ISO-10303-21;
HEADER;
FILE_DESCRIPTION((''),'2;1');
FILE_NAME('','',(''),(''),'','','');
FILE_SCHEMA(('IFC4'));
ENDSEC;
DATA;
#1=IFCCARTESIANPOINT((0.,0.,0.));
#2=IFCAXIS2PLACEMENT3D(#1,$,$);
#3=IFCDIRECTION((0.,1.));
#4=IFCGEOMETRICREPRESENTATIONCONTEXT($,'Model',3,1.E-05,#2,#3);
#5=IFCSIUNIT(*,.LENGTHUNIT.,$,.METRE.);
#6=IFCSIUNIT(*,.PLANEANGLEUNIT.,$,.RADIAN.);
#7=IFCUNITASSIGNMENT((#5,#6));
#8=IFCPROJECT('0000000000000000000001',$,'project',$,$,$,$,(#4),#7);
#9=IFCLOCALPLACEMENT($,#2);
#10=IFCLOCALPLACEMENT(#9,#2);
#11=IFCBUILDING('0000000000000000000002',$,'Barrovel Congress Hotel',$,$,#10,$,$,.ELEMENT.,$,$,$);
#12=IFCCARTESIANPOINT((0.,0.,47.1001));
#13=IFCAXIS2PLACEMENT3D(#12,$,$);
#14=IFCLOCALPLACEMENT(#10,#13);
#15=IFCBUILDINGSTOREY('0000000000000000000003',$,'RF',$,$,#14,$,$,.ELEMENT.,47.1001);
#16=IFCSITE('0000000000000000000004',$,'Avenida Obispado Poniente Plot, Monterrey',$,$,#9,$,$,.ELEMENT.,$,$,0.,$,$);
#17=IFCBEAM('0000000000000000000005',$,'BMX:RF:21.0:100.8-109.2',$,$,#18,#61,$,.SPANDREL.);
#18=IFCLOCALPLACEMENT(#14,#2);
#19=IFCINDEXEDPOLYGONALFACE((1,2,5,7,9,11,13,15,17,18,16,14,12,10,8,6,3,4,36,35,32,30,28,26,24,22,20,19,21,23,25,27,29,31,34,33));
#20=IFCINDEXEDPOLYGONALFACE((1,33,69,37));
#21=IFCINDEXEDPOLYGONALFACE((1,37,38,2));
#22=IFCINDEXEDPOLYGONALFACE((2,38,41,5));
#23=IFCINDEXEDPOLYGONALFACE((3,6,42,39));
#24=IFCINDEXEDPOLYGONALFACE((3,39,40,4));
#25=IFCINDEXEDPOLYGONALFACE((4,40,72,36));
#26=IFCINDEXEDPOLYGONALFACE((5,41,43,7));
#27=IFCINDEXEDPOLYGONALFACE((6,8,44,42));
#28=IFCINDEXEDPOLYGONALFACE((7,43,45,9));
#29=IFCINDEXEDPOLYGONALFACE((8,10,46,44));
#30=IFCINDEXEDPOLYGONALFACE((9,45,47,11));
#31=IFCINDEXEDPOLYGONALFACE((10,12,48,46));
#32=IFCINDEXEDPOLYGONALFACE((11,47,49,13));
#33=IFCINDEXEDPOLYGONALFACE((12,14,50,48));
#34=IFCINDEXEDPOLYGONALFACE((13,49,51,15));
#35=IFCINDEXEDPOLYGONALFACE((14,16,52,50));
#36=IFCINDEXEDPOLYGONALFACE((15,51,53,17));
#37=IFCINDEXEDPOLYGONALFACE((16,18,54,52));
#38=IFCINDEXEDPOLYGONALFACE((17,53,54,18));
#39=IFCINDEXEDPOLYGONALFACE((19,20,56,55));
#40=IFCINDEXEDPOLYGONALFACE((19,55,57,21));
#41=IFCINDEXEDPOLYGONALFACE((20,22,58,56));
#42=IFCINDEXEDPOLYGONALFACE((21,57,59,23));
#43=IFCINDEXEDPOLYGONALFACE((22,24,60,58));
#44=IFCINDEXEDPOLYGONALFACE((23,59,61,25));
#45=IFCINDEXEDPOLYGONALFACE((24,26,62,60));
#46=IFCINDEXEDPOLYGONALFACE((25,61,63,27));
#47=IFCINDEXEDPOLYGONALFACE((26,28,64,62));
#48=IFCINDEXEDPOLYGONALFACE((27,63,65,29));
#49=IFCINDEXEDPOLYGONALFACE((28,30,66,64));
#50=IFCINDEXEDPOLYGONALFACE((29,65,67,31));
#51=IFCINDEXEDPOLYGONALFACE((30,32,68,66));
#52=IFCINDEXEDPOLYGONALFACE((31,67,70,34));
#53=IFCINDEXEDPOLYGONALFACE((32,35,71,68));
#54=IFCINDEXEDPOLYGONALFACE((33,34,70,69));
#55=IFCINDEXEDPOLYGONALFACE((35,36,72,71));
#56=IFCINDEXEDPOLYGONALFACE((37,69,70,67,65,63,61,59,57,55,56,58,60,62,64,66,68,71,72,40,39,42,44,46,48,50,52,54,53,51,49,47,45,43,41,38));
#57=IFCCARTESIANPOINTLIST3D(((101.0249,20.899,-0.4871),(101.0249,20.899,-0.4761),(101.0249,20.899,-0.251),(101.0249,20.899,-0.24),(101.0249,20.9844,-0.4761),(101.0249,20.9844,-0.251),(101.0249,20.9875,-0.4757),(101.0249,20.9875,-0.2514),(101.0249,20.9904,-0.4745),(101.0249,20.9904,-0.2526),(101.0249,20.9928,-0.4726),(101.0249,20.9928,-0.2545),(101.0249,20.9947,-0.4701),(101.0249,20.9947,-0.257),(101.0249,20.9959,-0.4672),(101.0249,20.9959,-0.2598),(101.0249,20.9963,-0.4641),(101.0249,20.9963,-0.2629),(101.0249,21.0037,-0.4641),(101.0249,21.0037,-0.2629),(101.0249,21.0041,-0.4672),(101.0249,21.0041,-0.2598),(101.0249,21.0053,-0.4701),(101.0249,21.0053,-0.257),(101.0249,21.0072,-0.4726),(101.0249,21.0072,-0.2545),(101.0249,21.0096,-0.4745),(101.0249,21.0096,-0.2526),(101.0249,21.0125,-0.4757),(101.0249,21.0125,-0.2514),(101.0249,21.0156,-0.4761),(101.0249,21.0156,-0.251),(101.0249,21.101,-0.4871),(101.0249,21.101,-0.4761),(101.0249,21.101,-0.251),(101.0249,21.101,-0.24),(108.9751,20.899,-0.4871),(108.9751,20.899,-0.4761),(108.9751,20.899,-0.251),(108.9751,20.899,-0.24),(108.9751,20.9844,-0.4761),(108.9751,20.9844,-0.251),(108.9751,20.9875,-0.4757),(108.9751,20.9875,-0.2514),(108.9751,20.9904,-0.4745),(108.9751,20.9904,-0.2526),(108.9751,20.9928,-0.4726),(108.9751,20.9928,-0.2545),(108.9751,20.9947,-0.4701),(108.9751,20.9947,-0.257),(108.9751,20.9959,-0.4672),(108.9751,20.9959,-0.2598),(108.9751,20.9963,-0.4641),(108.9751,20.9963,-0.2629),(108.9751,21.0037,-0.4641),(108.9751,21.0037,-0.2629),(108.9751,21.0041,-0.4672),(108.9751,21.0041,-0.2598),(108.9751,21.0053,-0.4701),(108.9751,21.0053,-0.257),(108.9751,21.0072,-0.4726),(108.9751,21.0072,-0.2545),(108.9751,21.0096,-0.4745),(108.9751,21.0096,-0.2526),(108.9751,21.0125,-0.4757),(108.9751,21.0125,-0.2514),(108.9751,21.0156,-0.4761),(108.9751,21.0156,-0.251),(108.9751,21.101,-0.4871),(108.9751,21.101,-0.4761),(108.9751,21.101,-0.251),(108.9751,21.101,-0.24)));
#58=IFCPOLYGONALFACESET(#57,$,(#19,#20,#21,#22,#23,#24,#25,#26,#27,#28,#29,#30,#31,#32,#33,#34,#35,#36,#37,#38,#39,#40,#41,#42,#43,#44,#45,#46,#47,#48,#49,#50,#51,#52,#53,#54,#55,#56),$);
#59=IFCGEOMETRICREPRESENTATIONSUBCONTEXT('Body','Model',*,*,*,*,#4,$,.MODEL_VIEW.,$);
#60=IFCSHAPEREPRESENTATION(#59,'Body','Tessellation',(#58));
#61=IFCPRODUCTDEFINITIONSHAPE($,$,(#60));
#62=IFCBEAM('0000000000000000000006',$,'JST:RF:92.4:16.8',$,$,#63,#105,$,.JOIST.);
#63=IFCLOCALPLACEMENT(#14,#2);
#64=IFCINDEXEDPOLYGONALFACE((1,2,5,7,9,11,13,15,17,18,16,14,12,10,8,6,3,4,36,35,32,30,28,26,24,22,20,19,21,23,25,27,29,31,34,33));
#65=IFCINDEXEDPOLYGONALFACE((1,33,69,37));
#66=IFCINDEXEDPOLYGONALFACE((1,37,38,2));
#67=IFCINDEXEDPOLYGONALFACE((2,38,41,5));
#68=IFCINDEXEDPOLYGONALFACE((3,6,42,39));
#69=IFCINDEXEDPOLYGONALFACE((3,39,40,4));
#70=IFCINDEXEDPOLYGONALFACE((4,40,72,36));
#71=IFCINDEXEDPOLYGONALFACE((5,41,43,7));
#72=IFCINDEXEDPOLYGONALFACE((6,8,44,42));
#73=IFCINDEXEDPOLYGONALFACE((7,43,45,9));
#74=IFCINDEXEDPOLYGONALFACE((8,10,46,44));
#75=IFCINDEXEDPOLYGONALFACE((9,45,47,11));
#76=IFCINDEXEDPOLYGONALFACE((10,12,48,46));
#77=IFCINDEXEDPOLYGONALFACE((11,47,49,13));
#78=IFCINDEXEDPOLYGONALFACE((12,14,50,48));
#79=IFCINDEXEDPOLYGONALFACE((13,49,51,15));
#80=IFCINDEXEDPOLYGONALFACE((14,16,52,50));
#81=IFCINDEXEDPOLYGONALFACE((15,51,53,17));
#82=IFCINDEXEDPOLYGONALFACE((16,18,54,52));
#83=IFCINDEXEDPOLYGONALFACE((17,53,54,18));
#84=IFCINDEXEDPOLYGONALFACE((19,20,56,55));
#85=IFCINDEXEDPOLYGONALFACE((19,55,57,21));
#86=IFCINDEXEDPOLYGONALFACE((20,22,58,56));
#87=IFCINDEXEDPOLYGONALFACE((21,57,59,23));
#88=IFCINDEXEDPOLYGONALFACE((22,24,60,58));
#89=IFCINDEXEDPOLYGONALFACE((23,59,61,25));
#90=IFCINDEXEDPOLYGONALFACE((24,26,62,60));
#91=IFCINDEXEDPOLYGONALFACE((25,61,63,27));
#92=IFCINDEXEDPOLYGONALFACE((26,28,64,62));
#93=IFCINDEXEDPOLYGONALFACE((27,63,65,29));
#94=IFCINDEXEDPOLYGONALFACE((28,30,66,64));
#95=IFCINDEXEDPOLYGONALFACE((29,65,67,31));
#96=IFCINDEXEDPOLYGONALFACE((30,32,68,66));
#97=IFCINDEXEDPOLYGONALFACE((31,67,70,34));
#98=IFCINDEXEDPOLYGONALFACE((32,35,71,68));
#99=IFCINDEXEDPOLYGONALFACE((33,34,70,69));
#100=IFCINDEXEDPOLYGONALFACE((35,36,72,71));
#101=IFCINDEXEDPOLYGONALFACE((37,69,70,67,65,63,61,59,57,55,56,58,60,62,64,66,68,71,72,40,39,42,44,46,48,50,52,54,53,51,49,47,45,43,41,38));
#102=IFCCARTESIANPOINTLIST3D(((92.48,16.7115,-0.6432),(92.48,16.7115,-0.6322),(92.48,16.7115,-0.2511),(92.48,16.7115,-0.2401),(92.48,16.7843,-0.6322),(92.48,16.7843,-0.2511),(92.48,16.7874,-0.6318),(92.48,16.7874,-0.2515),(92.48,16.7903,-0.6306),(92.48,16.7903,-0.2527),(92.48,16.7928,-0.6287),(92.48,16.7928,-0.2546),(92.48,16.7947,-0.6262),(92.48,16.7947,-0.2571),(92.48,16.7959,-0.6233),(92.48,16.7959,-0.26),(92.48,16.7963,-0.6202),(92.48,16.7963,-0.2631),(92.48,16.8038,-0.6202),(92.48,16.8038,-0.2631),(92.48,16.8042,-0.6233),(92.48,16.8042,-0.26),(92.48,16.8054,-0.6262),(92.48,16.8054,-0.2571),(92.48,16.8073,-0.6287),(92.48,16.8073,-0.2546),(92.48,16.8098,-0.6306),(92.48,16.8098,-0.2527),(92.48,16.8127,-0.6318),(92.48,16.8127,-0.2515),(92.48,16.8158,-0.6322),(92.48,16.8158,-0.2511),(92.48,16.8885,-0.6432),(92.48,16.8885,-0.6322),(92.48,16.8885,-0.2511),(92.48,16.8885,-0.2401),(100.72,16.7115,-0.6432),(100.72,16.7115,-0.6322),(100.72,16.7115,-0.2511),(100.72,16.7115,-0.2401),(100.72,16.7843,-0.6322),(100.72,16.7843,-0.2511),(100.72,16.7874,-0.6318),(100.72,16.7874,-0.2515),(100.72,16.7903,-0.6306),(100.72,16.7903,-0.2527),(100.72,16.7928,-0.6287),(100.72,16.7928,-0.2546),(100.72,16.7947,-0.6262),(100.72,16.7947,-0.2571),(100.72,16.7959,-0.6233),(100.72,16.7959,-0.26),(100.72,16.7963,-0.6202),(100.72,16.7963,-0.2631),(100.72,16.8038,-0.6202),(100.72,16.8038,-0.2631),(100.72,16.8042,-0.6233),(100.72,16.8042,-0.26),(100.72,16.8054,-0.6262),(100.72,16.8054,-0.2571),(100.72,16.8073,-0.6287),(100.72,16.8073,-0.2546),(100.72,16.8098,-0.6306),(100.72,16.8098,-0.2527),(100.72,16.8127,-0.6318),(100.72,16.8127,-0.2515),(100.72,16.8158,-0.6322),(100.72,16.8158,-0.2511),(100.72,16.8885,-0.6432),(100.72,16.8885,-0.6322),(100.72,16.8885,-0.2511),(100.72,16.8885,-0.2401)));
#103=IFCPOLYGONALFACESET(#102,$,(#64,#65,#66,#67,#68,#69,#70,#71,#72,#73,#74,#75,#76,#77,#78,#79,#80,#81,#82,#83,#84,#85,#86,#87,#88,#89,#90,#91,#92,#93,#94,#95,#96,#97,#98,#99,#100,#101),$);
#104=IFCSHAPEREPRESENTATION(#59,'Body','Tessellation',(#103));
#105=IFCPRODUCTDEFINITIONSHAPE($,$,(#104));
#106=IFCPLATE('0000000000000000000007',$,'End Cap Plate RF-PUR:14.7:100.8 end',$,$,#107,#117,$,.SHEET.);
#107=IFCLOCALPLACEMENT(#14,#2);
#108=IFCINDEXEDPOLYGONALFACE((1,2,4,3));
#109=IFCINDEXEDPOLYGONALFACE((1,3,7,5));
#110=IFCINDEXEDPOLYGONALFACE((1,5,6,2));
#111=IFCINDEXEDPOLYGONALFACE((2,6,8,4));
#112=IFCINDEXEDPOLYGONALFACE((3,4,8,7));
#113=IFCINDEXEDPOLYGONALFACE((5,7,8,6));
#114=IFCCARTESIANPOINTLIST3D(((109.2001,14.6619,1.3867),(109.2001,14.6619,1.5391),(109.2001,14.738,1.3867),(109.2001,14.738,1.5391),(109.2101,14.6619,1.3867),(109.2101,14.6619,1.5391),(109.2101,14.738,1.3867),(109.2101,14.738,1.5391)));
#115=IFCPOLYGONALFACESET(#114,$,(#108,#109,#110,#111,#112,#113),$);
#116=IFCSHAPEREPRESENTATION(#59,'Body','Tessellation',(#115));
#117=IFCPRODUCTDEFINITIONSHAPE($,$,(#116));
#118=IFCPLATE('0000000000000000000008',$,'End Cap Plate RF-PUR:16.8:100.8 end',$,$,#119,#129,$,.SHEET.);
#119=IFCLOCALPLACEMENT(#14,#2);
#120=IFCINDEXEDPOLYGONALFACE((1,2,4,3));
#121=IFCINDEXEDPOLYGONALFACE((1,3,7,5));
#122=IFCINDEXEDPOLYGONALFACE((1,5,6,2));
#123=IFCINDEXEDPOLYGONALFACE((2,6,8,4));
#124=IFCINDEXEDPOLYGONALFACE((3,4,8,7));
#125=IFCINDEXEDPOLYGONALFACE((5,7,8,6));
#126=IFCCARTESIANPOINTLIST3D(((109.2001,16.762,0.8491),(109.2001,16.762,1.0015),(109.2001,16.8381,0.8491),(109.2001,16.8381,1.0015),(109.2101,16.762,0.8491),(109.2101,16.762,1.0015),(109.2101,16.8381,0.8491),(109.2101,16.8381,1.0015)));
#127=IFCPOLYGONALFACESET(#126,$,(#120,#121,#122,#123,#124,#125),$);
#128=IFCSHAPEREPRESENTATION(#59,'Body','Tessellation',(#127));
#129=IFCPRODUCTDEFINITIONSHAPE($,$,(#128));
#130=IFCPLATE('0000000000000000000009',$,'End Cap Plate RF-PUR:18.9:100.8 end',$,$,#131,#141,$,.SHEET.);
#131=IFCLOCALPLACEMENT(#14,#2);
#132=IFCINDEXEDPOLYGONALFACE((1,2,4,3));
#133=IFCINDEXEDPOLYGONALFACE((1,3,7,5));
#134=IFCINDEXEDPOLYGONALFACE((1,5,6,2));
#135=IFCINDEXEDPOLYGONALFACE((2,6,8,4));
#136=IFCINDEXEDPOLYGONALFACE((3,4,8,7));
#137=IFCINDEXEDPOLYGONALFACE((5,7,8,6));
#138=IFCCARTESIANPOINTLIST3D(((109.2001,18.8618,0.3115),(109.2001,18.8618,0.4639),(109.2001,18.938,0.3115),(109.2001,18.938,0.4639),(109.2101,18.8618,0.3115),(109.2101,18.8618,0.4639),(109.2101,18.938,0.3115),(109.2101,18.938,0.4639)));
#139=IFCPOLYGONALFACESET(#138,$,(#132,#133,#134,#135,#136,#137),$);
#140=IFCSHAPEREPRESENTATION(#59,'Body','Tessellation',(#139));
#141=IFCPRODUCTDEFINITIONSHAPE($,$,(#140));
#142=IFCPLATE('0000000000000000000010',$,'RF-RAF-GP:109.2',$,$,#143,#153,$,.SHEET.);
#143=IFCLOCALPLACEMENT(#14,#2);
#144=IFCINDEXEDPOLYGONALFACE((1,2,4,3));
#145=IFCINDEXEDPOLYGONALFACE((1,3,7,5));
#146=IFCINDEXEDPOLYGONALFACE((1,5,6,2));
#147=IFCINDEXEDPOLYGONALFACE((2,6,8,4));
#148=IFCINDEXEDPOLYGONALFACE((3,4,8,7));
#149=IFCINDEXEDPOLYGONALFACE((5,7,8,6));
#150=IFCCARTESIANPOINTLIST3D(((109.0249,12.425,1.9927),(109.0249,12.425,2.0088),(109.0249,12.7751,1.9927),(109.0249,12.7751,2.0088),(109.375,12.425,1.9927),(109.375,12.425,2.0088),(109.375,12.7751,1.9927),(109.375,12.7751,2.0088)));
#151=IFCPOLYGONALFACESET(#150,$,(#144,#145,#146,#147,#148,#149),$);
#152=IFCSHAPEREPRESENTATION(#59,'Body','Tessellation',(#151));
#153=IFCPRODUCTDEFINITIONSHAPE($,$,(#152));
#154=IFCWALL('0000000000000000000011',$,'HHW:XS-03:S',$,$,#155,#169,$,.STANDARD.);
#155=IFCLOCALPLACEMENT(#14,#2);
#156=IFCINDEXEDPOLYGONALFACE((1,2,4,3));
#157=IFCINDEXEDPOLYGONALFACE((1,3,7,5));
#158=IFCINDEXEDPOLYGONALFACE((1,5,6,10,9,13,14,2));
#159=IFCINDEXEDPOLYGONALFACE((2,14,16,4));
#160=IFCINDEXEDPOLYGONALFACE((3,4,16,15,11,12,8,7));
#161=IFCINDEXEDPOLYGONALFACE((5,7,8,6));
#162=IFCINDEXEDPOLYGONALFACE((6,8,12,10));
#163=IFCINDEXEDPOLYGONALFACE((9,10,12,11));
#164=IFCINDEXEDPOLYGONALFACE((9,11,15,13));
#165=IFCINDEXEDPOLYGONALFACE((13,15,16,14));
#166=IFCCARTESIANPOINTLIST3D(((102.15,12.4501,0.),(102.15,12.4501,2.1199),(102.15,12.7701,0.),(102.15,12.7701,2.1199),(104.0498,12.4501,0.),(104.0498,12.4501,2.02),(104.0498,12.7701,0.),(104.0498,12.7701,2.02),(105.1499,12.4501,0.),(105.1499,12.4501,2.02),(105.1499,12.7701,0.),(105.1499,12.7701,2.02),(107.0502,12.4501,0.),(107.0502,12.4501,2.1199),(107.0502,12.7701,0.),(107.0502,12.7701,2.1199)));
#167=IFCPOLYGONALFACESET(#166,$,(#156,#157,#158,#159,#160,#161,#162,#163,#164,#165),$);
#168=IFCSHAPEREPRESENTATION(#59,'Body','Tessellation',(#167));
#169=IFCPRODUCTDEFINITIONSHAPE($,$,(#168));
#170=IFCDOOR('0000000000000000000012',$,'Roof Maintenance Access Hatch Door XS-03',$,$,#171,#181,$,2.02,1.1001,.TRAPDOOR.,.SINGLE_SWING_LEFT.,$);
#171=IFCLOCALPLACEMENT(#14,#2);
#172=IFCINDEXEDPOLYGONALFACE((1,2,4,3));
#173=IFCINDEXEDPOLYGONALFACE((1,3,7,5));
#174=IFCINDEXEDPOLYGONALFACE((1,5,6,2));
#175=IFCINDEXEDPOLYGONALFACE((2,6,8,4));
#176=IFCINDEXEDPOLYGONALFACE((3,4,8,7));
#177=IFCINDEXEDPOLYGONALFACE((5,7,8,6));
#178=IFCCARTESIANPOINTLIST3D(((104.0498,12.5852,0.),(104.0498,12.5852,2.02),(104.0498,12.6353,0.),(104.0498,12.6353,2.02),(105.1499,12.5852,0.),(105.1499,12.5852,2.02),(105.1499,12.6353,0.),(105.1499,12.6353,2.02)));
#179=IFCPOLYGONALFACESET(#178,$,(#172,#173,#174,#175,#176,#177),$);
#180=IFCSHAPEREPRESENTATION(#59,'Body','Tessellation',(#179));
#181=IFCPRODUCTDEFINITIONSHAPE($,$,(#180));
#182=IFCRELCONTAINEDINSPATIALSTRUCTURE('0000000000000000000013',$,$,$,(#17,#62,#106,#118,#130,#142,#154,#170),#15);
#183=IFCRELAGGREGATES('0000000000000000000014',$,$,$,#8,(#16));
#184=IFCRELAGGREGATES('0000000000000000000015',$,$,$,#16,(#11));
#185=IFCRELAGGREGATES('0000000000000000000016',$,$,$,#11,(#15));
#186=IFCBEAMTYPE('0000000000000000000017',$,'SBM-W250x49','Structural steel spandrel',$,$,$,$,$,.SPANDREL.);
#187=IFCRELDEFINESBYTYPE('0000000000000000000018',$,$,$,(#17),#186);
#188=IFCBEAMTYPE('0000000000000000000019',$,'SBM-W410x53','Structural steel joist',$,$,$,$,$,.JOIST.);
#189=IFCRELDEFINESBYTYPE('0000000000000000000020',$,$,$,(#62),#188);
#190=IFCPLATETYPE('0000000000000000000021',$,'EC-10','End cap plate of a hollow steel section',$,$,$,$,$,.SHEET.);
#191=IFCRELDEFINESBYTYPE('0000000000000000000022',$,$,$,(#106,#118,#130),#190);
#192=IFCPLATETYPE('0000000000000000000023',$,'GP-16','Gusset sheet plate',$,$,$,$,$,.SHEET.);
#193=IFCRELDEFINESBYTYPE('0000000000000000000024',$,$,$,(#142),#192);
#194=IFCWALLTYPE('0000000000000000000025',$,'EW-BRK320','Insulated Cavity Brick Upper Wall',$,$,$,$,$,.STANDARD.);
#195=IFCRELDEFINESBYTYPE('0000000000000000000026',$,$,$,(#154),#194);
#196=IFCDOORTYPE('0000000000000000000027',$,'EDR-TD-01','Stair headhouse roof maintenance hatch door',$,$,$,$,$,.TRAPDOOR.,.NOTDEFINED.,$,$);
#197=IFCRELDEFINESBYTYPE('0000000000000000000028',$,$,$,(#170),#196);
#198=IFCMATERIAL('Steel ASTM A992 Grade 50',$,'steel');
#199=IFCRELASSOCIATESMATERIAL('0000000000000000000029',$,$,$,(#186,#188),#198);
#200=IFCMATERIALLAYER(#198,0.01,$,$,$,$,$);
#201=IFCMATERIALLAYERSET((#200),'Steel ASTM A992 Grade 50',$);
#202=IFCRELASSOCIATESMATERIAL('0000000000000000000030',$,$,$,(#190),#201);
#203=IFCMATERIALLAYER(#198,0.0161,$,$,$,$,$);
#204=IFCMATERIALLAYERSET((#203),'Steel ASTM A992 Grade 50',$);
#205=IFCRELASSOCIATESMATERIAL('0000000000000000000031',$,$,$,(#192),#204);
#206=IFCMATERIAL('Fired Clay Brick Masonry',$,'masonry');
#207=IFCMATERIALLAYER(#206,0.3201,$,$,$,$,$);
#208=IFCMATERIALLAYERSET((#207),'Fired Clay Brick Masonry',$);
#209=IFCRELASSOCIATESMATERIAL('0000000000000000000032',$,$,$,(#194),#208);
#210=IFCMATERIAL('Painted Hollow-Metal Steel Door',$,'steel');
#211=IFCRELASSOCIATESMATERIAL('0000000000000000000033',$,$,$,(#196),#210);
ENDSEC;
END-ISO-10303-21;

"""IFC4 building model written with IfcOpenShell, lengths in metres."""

from ifc_helpers import new_model, si_unit, direction, frame, frame_2d, origin, origin_2d, place, context, subcontext, project, spatial, rectangle, i_section, extrude, material, layer, layer_set, material_profile, profile_set, type_object, element, fill, save


model = new_model("IFC4")

# Units and contexts
model_context = context("Model", 3, precision=1e-05, world=origin(), true_north=direction((0.0, 1.0)))
body_context = subcontext(model_context, "Body", "Model", "MODEL_VIEW")
ifc_project = project(units=[si_unit("LENGTHUNIT", "METRE"), si_unit("PLANEANGLEUNIT", "RADIAN")], contexts=[model_context])

# Site, building, storey
site_placement = place(None, origin())
site = spatial("IfcSite", under=ifc_project, at=site_placement, Name="Avenida Obispado Poniente Plot, Monterrey", CompositionType="ELEMENT", RefElevation=0.0)
building_placement = place(site_placement, origin())
building = spatial("IfcBuilding", under=site, at=building_placement, Name="Barrovel Congress Hotel", CompositionType="ELEMENT")
storey_placement = place(building_placement, frame((0.0, 0.0, 47.1001)))
storey = spatial("IfcBuildingStorey", under=building, at=storey_placement, Name="RF", CompositionType="ELEMENT", Elevation=47.1001)

# Shared definitions
ifc_material_1 = material(Name="Steel ASTM A992 Grade 50", Category="steel")

# Beams
ifc_material_profile_1 = material_profile(ifc_material_1, i_section(OverallWidth=0.2019, OverallDepth=0.2471, WebThickness=0.0073, FlangeThickness=0.011, FilletRadius=0.012, at=origin_2d()), Name="W250x49")
ifc_profile_set_1 = profile_set([ifc_material_profile_1], Name="Steel ASTM A992 Grade 50")
beam_type_1 = type_object("IfcBeamType", Name="SBM-W250x49", Description="Structural steel spandrel", PredefinedType="SPANDREL", material=ifc_profile_set_1)
beam_1_placement = place(storey_placement, frame((101.0249, 21.0, -0.3635), z_axis=(1.0, 0.0, 0.0), x_axis=(0.0, 1.0, 0.0)))
element("IfcBeam", 1, at=beam_1_placement, inside=storey, type_object=beam_type_1, Name="BMX:RF:21.0:100.8-109.2", PredefinedType="SPANDREL", context=body_context, shape_type="SweptSolid", body=[
    extrude(i_section(OverallWidth=0.2019, OverallDepth=0.2471, WebThickness=0.0073, FlangeThickness=0.011, FilletRadius=0.012, at=origin_2d()), origin(), (0.0, 0.0, 1.0), 7.9502),
])
ifc_material_profile_2 = material_profile(ifc_material_1, i_section(OverallWidth=0.177, OverallDepth=0.4031, WebThickness=0.0076, FlangeThickness=0.011, FilletRadius=0.012, at=origin_2d()), Name="W410x53")
ifc_profile_set_2 = profile_set([ifc_material_profile_2], Name="Steel ASTM A992 Grade 50")
beam_type_2 = type_object("IfcBeamType", Name="SBM-W410x53", Description="Structural steel joist", PredefinedType="JOIST", material=ifc_profile_set_2)
beam_2_placement = place(storey_placement, frame((92.48, 16.8, -0.4417), z_axis=(1.0, 0.0, 0.0), x_axis=(0.0, 1.0, 0.0)))
element("IfcBeam", 2, at=beam_2_placement, inside=storey, type_object=beam_type_2, Name="JST:RF:92.4:16.8", PredefinedType="JOIST", context=body_context, shape_type="SweptSolid", body=[
    extrude(i_section(OverallWidth=0.177, OverallDepth=0.4031, WebThickness=0.0076, FlangeThickness=0.011, FilletRadius=0.012, at=origin_2d()), origin(), (0.0, 0.0, 1.0), 8.24),
])

# Plates
ifc_layer_1 = layer(ifc_material_1, 0.01)
ifc_layer_set_1 = layer_set([ifc_layer_1], Name="Steel ASTM A992 Grade 50")
plate_type_1 = type_object("IfcPlateType", Name="EC-10", Description="End cap plate of a hollow steel section", PredefinedType="SHEET", material=ifc_layer_set_1)
for number, where, z_axis, x_axis, name in (
    (3, (109.2051, 14.7, 1.3867), (0.0, 0.0, 1.0), (1.0, 0.0, 0.0), "End Cap Plate RF-PUR:14.7:100.8 end"),
    (4, (109.2051, 16.8, 0.8491), (0.0, 0.0, 1.0), (1.0, 0.0, 0.0), "End Cap Plate RF-PUR:16.8:100.8 end"),
    (5, (109.2051, 18.8999, 0.3115), (0.0, 0.0, 1.0), (1.0, 0.0, 0.0), "End Cap Plate RF-PUR:18.9:100.8 end"),
):
    element("IfcPlate", number, at=place(storey_placement, frame(where, z_axis=z_axis, x_axis=x_axis)), inside=storey, type_object=plate_type_1, Name=name, PredefinedType="SHEET", context=body_context, shape_type="SweptSolid", body=[
        extrude(rectangle(XDim=0.01, YDim=0.0762, at=origin_2d()), origin(), (0.0, 0.0, 1.0), 0.1523),
    ])
ifc_layer_2 = layer(ifc_material_1, 0.0161)
ifc_layer_set_2 = layer_set([ifc_layer_2], Name="Steel ASTM A992 Grade 50")
plate_type_2 = type_object("IfcPlateType", Name="GP-16", Description="Gusset sheet plate", PredefinedType="SHEET", material=ifc_layer_set_2)
plate_placement = place(storey_placement, frame((109.2, 12.6001, 1.9927), z_axis=(0.0, 0.0, 1.0), x_axis=(1.0, 0.0, 0.0)))
element("IfcPlate", 6, at=plate_placement, inside=storey, type_object=plate_type_2, Name="RF-RAF-GP:109.2", PredefinedType="SHEET", context=body_context, shape_type="SweptSolid", body=[
    extrude(rectangle(XDim=0.3501, YDim=0.3501, at=origin_2d()), origin(), (0.0, 0.0, 1.0), 0.0161),
])

# Wall, opening, door
ifc_material_2 = material(Name="Fired Clay Brick Masonry", Category="masonry")
ifc_layer_3 = layer(ifc_material_2, 0.3201)
ifc_layer_set_3 = layer_set([ifc_layer_3], Name="Fired Clay Brick Masonry")
wall_type_1 = type_object("IfcWallType", Name="EW-BRK320", Description="Insulated Cavity Brick Upper Wall", PredefinedType="STANDARD", material=ifc_layer_set_3)
wall_1_placement = place(storey_placement, frame((102.1499, 12.6101, 0.0), z_axis=(0.0, 0.0, 1.0), x_axis=(1.0, 0.0, 0.0)))
wall_1 = element("IfcWall", 7, at=wall_1_placement, inside=storey, type_object=wall_type_1, Name="HHW:XS-03:S", PredefinedType="STANDARD", context=body_context, shape_type="SweptSolid", body=[
    extrude(rectangle(XDim=4.9001, YDim=0.3201, at=frame_2d((2.4502, 0.0))), origin(), (0.0, 0.0, 1.0), 2.1199),
])
opening_placement = place(wall_1_placement, frame((3.0, 0.0, 0.0), z_axis=(0.0, 0.0, 1.0), x_axis=(-1.0, 0.0, 0.0)))
opening = element("IfcOpeningElement", 8, at=opening_placement, cuts=wall_1, PredefinedType="OPENING", context=body_context, shape_type="SweptSolid", body=[
    extrude(rectangle(XDim=1.1001, YDim=2.02, at=frame_2d((0.55, 1.01))), frame((0.0, 0.1699, 0.0), z_axis=(0.0, -1.0, 0.0), x_axis=(1.0, 0.0, 0.0)), (0.0, 0.0, 1.0), 0.3401),
])
ifc_material_3 = material(Name="Painted Hollow-Metal Steel Door", Category="steel")
door_type = type_object("IfcDoorType", Name="EDR-TD-01", Description="Stair headhouse roof maintenance hatch door", OperationType="NOTDEFINED", PredefinedType="TRAPDOOR", material=ifc_material_3)
door_placement = place(opening_placement, origin())
door = element("IfcDoor", 9, at=door_placement, inside=storey, type_object=door_type, Name="Roof Maintenance Access Hatch Door XS-03", OperationType="SINGLE_SWING_LEFT", OverallHeight=2.02, OverallWidth=1.1001, PredefinedType="TRAPDOOR", context=body_context, shape_type="SweptSolid", body=[
    extrude(rectangle(XDim=1.1001, YDim=2.02, at=frame_2d((0.55, 1.01))), frame((0.0, 0.0249, 0.0), z_axis=(0.0, -1.0, 0.0), x_axis=(1.0, 0.0, 0.0)), (0.0, 0.0, 1.0), 0.05),
])
fill(opening, door)

save(model, "model.ifc")
